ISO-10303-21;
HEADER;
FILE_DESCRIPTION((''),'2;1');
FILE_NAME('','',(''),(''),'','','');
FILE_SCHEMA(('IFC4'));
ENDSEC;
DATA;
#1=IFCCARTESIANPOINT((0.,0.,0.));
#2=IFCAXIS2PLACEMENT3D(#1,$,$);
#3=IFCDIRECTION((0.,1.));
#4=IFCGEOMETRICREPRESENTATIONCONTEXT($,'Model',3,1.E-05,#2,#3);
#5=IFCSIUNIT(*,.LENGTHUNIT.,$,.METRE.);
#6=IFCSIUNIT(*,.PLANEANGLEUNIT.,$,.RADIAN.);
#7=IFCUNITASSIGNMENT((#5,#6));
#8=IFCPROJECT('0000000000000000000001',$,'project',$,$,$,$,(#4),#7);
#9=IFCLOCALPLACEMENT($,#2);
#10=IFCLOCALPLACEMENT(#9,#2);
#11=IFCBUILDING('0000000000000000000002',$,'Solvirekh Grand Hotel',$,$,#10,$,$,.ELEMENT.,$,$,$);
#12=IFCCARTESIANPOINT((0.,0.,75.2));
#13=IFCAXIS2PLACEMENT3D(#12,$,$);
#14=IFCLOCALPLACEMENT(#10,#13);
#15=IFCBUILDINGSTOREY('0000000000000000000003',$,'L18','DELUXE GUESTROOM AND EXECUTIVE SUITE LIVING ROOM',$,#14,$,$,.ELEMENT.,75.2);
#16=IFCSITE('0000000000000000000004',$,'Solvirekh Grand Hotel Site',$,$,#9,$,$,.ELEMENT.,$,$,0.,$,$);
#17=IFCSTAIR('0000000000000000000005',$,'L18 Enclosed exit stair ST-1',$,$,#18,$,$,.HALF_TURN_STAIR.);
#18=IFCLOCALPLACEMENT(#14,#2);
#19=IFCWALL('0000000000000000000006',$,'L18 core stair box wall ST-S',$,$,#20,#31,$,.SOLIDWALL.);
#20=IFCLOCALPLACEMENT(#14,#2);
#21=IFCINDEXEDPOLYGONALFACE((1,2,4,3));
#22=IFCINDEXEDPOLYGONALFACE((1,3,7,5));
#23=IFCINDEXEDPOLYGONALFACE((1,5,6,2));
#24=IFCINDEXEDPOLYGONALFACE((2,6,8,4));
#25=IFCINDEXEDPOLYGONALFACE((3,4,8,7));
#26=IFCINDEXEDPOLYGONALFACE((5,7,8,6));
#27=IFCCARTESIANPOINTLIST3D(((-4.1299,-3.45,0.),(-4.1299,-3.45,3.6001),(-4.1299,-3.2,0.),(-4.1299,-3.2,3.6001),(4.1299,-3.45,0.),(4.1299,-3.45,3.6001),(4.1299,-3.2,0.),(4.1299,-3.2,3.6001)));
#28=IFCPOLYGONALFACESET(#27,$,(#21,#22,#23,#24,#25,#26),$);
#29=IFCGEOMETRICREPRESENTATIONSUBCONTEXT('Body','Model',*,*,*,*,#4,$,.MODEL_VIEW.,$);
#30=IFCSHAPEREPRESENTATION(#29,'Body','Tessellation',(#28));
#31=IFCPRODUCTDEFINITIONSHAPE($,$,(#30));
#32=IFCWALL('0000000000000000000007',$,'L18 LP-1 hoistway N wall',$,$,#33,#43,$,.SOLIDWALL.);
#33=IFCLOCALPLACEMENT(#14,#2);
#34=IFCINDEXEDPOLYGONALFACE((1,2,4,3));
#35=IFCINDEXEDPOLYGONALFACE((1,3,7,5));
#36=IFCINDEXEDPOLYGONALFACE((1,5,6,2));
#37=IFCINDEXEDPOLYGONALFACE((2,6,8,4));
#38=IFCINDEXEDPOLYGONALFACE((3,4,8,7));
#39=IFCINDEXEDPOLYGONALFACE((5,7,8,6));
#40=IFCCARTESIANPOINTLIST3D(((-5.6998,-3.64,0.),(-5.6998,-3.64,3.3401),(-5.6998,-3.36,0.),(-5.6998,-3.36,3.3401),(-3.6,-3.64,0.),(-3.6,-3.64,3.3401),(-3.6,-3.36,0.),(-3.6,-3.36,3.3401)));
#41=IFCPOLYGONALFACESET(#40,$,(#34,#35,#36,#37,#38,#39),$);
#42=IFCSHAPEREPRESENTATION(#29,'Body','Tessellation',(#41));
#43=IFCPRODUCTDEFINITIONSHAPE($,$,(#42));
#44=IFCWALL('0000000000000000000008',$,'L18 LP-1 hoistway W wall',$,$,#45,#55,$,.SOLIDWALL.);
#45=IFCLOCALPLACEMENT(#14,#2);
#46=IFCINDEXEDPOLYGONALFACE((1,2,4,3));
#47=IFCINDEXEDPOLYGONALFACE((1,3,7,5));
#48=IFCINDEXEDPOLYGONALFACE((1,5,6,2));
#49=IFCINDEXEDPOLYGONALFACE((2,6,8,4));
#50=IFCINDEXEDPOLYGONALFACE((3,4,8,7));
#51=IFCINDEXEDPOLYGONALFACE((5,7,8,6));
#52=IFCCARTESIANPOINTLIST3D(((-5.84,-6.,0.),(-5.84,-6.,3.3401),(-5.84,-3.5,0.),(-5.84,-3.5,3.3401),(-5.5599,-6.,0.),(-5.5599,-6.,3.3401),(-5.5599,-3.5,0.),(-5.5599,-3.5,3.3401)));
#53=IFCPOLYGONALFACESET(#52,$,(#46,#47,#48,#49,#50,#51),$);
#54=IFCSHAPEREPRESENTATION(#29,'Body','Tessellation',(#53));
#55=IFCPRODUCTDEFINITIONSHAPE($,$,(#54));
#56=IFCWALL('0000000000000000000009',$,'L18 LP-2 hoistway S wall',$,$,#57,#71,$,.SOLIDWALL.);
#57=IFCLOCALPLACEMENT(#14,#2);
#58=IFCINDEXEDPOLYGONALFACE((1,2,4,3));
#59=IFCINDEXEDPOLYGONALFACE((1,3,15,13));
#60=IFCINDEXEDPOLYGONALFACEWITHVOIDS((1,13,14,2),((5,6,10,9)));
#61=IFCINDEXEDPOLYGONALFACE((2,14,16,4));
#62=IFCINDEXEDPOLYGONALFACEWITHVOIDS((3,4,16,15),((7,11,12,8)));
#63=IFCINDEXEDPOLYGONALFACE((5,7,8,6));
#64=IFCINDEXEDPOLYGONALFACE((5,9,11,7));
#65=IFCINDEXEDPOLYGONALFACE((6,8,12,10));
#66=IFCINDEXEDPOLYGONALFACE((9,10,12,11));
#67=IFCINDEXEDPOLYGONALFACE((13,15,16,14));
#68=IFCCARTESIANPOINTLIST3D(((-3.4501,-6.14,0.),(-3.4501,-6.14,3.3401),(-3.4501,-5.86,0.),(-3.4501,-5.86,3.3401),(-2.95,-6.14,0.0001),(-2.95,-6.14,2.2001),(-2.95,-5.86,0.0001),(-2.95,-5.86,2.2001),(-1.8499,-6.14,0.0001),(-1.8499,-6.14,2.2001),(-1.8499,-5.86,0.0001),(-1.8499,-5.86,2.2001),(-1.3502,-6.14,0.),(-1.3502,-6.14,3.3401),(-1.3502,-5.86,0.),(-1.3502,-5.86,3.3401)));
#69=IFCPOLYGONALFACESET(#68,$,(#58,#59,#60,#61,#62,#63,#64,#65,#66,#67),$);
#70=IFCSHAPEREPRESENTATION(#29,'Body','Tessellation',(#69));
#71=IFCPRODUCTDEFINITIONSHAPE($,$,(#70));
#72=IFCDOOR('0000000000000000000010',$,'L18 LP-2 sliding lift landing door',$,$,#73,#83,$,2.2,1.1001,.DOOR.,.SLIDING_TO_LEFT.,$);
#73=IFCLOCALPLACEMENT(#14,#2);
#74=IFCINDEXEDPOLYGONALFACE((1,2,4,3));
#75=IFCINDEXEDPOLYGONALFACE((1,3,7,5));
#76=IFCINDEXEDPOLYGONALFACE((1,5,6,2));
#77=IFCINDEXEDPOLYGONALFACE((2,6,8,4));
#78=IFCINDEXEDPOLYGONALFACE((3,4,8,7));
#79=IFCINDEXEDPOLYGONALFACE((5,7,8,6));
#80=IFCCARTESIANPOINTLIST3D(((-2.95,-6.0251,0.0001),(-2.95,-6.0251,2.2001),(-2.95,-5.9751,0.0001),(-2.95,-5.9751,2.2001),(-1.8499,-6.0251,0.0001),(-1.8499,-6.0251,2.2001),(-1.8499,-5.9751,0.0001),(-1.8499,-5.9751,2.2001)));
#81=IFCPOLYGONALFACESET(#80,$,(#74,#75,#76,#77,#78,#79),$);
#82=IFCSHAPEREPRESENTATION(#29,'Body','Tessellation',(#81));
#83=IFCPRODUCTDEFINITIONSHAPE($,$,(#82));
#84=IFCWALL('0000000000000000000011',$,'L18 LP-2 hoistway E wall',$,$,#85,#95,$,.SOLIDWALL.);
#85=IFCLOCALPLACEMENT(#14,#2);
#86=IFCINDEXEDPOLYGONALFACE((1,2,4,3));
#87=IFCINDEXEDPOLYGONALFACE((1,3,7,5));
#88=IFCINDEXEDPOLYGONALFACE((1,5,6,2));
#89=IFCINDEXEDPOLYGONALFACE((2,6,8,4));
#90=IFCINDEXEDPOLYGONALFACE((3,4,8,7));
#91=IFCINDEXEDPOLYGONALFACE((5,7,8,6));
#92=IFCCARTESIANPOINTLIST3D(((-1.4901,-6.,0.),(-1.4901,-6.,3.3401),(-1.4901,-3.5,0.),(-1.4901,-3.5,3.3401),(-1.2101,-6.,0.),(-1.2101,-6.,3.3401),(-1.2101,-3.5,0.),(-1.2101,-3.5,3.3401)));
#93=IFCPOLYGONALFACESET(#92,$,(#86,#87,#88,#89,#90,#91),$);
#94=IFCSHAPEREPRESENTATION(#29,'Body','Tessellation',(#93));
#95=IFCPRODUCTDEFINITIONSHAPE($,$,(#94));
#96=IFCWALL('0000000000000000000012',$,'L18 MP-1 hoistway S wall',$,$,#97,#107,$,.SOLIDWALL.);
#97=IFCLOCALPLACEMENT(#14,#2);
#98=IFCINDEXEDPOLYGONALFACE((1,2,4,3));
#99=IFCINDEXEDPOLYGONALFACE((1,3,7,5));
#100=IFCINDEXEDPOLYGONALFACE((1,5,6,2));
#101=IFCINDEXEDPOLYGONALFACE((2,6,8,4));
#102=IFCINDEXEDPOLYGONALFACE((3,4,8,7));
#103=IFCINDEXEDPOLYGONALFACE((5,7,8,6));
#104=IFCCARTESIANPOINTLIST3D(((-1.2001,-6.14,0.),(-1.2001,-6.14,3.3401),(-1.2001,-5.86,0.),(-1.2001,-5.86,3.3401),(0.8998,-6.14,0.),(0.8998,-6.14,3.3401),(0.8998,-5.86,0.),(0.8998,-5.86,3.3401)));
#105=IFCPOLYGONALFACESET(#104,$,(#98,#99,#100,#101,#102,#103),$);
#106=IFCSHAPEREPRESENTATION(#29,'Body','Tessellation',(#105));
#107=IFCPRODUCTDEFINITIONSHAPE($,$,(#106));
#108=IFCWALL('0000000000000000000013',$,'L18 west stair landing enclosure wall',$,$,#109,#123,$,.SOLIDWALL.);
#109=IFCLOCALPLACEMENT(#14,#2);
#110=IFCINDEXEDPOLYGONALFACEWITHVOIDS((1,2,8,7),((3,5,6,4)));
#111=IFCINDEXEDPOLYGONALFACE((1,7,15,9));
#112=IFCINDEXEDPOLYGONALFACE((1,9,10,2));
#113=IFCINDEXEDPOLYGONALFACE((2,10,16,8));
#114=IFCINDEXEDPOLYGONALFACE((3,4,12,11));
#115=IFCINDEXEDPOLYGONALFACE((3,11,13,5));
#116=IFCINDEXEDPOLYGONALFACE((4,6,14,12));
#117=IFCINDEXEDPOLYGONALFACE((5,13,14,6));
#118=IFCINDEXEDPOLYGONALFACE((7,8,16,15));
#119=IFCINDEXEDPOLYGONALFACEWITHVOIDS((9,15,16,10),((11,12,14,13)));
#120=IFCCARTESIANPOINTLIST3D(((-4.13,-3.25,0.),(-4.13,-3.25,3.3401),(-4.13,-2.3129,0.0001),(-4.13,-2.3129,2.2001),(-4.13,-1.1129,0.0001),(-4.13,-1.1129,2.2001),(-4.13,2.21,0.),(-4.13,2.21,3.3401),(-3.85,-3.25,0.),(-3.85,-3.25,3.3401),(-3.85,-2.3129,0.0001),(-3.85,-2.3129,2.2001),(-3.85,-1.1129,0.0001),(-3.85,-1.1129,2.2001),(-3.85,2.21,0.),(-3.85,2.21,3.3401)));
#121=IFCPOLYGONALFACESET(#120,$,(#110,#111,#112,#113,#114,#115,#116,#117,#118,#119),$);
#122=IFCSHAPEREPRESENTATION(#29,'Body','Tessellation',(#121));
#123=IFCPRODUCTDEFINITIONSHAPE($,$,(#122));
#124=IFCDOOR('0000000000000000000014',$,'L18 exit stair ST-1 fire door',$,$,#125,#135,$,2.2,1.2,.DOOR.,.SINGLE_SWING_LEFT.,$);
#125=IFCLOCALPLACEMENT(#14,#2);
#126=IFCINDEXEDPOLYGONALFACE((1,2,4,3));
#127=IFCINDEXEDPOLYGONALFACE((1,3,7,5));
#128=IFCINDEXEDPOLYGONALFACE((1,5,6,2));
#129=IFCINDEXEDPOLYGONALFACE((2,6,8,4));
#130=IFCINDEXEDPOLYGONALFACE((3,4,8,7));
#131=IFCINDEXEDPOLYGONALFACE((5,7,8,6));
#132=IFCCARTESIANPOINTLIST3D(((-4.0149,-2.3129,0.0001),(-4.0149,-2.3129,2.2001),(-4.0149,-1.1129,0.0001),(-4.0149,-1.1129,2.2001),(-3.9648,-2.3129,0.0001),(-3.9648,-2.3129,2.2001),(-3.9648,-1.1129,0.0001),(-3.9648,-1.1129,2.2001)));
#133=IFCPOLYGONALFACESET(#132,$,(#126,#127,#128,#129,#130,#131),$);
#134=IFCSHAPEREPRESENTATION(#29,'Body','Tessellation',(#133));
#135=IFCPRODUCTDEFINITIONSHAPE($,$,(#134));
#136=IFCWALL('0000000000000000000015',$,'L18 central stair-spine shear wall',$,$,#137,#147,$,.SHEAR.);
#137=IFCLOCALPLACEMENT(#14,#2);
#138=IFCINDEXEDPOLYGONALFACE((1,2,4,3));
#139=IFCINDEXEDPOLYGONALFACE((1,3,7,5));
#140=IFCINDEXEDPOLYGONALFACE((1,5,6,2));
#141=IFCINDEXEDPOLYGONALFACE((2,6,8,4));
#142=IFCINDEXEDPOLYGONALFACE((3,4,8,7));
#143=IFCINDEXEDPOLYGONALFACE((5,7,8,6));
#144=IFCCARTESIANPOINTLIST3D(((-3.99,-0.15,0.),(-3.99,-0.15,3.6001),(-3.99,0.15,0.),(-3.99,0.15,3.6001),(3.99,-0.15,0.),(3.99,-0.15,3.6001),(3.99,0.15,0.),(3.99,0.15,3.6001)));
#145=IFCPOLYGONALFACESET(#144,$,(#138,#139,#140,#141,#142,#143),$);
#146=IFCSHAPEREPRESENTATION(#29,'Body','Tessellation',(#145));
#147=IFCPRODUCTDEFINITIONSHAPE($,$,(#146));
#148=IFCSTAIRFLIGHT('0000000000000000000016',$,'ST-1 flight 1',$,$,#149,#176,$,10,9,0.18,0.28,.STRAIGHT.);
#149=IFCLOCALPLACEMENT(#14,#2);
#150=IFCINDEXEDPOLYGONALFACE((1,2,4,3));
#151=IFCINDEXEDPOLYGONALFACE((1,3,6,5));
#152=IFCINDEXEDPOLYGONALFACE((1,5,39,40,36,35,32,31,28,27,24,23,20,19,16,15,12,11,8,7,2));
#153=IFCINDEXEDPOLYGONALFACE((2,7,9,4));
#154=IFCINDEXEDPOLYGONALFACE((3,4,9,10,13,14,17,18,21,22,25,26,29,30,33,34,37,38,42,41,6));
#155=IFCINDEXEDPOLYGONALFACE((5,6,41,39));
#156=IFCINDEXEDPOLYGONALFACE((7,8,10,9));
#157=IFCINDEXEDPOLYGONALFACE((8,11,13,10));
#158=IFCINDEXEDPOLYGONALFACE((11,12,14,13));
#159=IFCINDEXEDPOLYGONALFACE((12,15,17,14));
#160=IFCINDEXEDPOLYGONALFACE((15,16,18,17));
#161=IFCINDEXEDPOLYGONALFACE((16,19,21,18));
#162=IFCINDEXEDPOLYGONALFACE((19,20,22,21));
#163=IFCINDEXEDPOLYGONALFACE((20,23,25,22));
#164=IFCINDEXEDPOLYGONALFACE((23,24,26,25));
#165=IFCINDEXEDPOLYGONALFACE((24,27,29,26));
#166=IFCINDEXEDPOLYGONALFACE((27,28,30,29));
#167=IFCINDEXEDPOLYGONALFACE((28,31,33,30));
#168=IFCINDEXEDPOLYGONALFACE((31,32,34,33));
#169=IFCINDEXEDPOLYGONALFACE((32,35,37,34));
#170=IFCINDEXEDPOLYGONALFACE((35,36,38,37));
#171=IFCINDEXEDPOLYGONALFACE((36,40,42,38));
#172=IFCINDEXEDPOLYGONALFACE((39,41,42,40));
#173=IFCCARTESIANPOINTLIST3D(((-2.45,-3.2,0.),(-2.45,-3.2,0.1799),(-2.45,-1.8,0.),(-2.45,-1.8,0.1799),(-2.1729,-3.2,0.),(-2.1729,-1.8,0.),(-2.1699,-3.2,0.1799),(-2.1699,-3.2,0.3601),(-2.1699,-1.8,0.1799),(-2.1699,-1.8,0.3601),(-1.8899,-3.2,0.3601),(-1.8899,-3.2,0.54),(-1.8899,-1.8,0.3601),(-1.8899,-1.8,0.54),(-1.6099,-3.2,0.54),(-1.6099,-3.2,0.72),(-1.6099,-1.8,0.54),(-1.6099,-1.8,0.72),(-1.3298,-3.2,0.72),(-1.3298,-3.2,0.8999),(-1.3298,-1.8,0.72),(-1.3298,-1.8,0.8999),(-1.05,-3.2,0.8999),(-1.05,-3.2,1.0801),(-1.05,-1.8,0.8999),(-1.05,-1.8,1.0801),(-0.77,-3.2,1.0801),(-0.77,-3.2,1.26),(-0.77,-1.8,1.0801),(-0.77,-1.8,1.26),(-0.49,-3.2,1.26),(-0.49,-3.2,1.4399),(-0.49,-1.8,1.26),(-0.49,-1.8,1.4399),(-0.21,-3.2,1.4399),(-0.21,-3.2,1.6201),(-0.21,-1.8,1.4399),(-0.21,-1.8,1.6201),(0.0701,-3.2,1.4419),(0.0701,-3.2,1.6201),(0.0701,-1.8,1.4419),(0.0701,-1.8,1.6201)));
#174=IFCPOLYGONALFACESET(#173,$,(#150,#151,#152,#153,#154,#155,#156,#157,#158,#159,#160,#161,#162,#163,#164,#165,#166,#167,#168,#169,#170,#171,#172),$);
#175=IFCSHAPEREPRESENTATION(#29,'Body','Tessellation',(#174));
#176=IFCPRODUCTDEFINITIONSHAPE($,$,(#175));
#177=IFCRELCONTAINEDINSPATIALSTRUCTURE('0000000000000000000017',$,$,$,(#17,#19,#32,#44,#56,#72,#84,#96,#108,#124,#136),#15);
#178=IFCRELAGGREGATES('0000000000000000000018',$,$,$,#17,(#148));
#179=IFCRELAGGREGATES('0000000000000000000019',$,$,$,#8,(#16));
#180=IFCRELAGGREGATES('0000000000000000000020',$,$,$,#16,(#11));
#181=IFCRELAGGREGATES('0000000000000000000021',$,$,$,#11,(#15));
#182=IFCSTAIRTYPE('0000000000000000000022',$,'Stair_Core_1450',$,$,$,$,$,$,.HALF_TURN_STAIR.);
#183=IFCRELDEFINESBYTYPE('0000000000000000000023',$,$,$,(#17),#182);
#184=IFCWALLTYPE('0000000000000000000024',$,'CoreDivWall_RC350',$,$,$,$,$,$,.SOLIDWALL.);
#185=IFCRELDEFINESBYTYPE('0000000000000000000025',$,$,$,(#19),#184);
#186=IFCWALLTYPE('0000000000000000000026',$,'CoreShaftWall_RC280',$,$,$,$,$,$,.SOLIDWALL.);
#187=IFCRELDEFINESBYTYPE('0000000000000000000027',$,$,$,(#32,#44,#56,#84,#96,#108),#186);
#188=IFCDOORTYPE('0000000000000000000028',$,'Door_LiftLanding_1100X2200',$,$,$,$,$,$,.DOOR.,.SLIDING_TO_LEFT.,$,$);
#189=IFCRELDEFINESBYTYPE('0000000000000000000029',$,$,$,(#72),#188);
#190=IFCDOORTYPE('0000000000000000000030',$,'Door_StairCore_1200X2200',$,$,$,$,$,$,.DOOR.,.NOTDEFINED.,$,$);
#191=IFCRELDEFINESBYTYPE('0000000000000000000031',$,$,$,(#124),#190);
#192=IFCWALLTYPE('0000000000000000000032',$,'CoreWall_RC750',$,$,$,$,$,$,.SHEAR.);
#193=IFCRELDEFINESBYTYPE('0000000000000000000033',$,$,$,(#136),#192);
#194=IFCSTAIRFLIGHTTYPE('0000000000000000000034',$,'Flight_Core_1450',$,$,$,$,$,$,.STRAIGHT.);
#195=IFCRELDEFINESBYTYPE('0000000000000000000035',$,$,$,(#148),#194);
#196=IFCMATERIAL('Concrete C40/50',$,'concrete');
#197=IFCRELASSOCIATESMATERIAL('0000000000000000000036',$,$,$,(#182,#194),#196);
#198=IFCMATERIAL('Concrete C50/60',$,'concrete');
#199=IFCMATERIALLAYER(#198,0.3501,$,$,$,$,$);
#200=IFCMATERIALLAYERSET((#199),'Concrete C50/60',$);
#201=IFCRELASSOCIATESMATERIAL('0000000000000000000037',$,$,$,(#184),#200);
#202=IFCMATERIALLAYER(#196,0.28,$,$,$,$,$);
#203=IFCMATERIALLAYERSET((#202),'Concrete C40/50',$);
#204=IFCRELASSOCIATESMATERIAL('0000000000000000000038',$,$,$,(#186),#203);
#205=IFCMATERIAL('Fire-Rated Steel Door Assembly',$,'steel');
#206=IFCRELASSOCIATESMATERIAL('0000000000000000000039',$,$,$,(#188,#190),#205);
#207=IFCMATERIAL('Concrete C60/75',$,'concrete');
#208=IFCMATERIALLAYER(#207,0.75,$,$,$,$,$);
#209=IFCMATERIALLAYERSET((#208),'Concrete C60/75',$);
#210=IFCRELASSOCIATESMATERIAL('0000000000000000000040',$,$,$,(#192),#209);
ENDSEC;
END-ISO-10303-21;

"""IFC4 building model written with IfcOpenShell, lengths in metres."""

from ifc_helpers import new_model, si_unit, direction, frame, frame_2d, origin, place, context, subcontext, project, spatial, polyline, rectangle, outline, extrude, material, layer, layer_set, type_object, element, fill, aggregate, save


model = new_model("IFC4")

# Units and contexts
model_context = context("Model", 3, precision=1e-05, world=origin(), true_north=direction((0.0, 1.0)))
body_context = subcontext(model_context, "Body", "Model", "MODEL_VIEW")
ifc_project = project(units=[si_unit("LENGTHUNIT", "METRE"), si_unit("PLANEANGLEUNIT", "RADIAN")], contexts=[model_context])

# Site, building, storey
site_placement = place(None, origin())
site = spatial("IfcSite", under=ifc_project, at=site_placement, Name="Solvirekh Grand Hotel Site", CompositionType="ELEMENT", RefElevation=0.0)
building_placement = place(site_placement, origin())
building = spatial("IfcBuilding", under=site, at=building_placement, Name="Solvirekh Grand Hotel", CompositionType="ELEMENT")
storey_placement = place(building_placement, frame((0.0, 0.0, 75.2)))
storey = spatial("IfcBuildingStorey", under=building, at=storey_placement, Name="L18", Description="DELUXE GUESTROOM AND EXECUTIVE SUITE LIVING ROOM", CompositionType="ELEMENT", Elevation=75.2)

# Shared definitions
ifc_material_1 = material(Name="Concrete C50/60", Category="concrete")

# Stair
ifc_material_2 = material(Name="Concrete C40/50", Category="concrete")
stair_type = type_object("IfcStairType", Name="Stair_Core_1450", PredefinedType="HALF_TURN_STAIR", material=ifc_material_2)
stair_1_placement = place(storey_placement, origin())
stair_1 = element("IfcStair", 1, at=stair_1_placement, inside=storey, type_object=stair_type, Name="L18 Enclosed exit stair ST-1", PredefinedType="HALF_TURN_STAIR")

# Walls
ifc_layer_1 = layer(ifc_material_1, 0.3501)
ifc_layer_set_1 = layer_set([ifc_layer_1], Name="Concrete C50/60")
wall_type_1 = type_object("IfcWallType", Name="CoreDivWall_RC350", PredefinedType="SOLIDWALL", material=ifc_layer_set_1)
wall_1_placement = place(storey_placement, frame((-4.1299, -3.325, 0.0), z_axis=(0.0, 0.0, 1.0), x_axis=(1.0, 0.0, 0.0)))
element("IfcWall", 2, at=wall_1_placement, inside=storey, type_object=wall_type_1, Name="L18 core stair box wall ST-S", PredefinedType="SOLIDWALL", context=body_context, shape_type="SweptSolid", body=[
    extrude(rectangle(XDim=8.2598, YDim=0.25, at=frame_2d((4.1299, 0.0))), origin(), (0.0, 0.0, 1.0), 3.6001),
])
ifc_layer_2 = layer(ifc_material_2, 0.28)
ifc_layer_set_2 = layer_set([ifc_layer_2], Name="Concrete C40/50")
wall_type_2 = type_object("IfcWallType", Name="CoreShaftWall_RC280", PredefinedType="SOLIDWALL", material=ifc_layer_set_2)
wall_2_placement = place(storey_placement, frame((-3.6001, -3.5, 0.0), z_axis=(0.0, 0.0, 1.0), x_axis=(-1.0, 0.0, 0.0)))
element("IfcWall", 3, at=wall_2_placement, inside=storey, type_object=wall_type_2, Name="L18 LP-1 hoistway N wall", PredefinedType="SOLIDWALL", context=body_context, shape_type="SweptSolid", body=[
    extrude(rectangle(XDim=2.0999, YDim=0.28, at=frame_2d((1.0498, 0.0))), origin(), (0.0, 0.0, 1.0), 3.3401),
])
wall_3_placement = place(storey_placement, frame((-5.7, -3.5, 0.0), z_axis=(0.0, 0.0, 1.0), x_axis=(0.0, -1.0, 0.0)))
element("IfcWall", 4, at=wall_3_placement, inside=storey, type_object=wall_type_2, Name="L18 LP-1 hoistway W wall", PredefinedType="SOLIDWALL", context=body_context, shape_type="SweptSolid", body=[
    extrude(rectangle(XDim=2.5, YDim=0.28, at=frame_2d((1.25, 0.0))), origin(), (0.0, 0.0, 1.0), 3.3401),
])

# Wall, opening, door
wall_4_placement = place(storey_placement, frame((-3.45, -6.0, 0.0), z_axis=(0.0, 0.0, 1.0), x_axis=(1.0, 0.0, 0.0)))
wall_4 = element("IfcWall", 5, at=wall_4_placement, inside=storey, type_object=wall_type_2, Name="L18 LP-2 hoistway S wall", PredefinedType="SOLIDWALL", context=body_context, shape_type="SweptSolid", body=[
    extrude(rectangle(XDim=2.0999, YDim=0.28, at=frame_2d((1.0498, 0.0))), origin(), (0.0, 0.0, 1.0), 3.3401),
])
opening_1_placement = place(wall_4_placement, frame((0.5, 0.0, 0.0)))
opening_1 = element("IfcOpeningElement", 6, at=opening_1_placement, cuts=wall_4, PredefinedType="OPENING", context=body_context, shape_type="SweptSolid", body=[
    extrude(rectangle(XDim=1.1001, YDim=2.2, at=frame_2d((0.55, 1.1001))), frame((0.0, 0.1499, 0.0), z_axis=(0.0, -1.0, 0.0), x_axis=(1.0, 0.0, 0.0)), (0.0, 0.0, 1.0), 0.3),
])
ifc_material_3 = material(Name="Fire-Rated Steel Door Assembly", Category="steel")
door_type_1 = type_object("IfcDoorType", Name="Door_LiftLanding_1100X2200", OperationType="SLIDING_TO_LEFT", PredefinedType="DOOR", material=ifc_material_3)
door_1_placement = place(opening_1_placement, origin())
door_1 = element("IfcDoor", 7, at=door_1_placement, inside=storey, type_object=door_type_1, Name="L18 LP-2 sliding lift landing door", OperationType="SLIDING_TO_LEFT", OverallHeight=2.2, OverallWidth=1.1001, PredefinedType="DOOR", context=body_context, shape_type="SweptSolid", body=[
    extrude(rectangle(XDim=1.1001, YDim=2.2, at=frame_2d((0.55, 1.1001))), frame((0.0, 0.0249, 0.0), z_axis=(0.0, -1.0, 0.0), x_axis=(1.0, 0.0, 0.0)), (0.0, 0.0, 1.0), 0.05),
])
fill(opening_1, door_1)

# Walls
wall_5_placement = place(storey_placement, frame((-1.3501, -6.0, 0.0), z_axis=(0.0, 0.0, 1.0), x_axis=(0.0, 1.0, 0.0)))
element("IfcWall", 8, at=wall_5_placement, inside=storey, type_object=wall_type_2, Name="L18 LP-2 hoistway E wall", PredefinedType="SOLIDWALL", context=body_context, shape_type="SweptSolid", body=[
    extrude(rectangle(XDim=2.5, YDim=0.28, at=frame_2d((1.25, 0.0))), origin(), (0.0, 0.0, 1.0), 3.3401),
])
wall_6_placement = place(storey_placement, frame((-1.2, -6.0, 0.0), z_axis=(0.0, 0.0, 1.0), x_axis=(1.0, 0.0, 0.0)))
element("IfcWall", 9, at=wall_6_placement, inside=storey, type_object=wall_type_2, Name="L18 MP-1 hoistway S wall", PredefinedType="SOLIDWALL", context=body_context, shape_type="SweptSolid", body=[
    extrude(rectangle(XDim=2.0999, YDim=0.28, at=frame_2d((1.0498, 0.0))), origin(), (0.0, 0.0, 1.0), 3.3401),
])

# Wall, opening, door
wall_7_placement = place(storey_placement, frame((-3.99, -3.25, 0.0), z_axis=(0.0, 0.0, 1.0), x_axis=(0.0, 1.0, 0.0)))
wall_7 = element("IfcWall", 10, at=wall_7_placement, inside=storey, type_object=wall_type_2, Name="L18 west stair landing enclosure wall", PredefinedType="SOLIDWALL", context=body_context, shape_type="SweptSolid", body=[
    extrude(rectangle(XDim=5.46, YDim=0.28, at=frame_2d((2.73, 0.0))), origin(), (0.0, 0.0, 1.0), 3.3401),
])
opening_2_placement = place(wall_7_placement, frame((0.937, 0.0, 0.0)))
opening_2 = element("IfcOpeningElement", 11, at=opening_2_placement, cuts=wall_7, PredefinedType="OPENING", context=body_context, shape_type="SweptSolid", body=[
    extrude(rectangle(XDim=1.2, YDim=2.2, at=frame_2d((0.6001, 1.1001))), frame((0.0, 0.1499, 0.0), z_axis=(0.0, -1.0, 0.0), x_axis=(1.0, 0.0, 0.0)), (0.0, 0.0, 1.0), 0.3),
])
door_type_2 = type_object("IfcDoorType", Name="Door_StairCore_1200X2200", OperationType="NOTDEFINED", PredefinedType="DOOR", material=ifc_material_3)
door_2_placement = place(opening_2_placement, origin())
door_2 = element("IfcDoor", 12, at=door_2_placement, inside=storey, type_object=door_type_2, Name="L18 exit stair ST-1 fire door", OperationType="SINGLE_SWING_LEFT", OverallHeight=2.2, OverallWidth=1.2, PredefinedType="DOOR", context=body_context, shape_type="SweptSolid", body=[
    extrude(rectangle(XDim=1.2, YDim=2.2, at=frame_2d((0.6001, 1.1001))), frame((0.0, 0.0249, 0.0), z_axis=(0.0, -1.0, 0.0), x_axis=(1.0, 0.0, 0.0)), (0.0, 0.0, 1.0), 0.05),
])
fill(opening_2, door_2)

# Wall
ifc_material_4 = material(Name="Concrete C60/75", Category="concrete")
ifc_layer_3 = layer(ifc_material_4, 0.75)
ifc_layer_set_3 = layer_set([ifc_layer_3], Name="Concrete C60/75")
wall_type_3 = type_object("IfcWallType", Name="CoreWall_RC750", PredefinedType="SHEAR", material=ifc_layer_set_3)
wall_8_placement = place(storey_placement, frame((-3.99, 0.0, 0.0), z_axis=(0.0, 0.0, 1.0), x_axis=(1.0, 0.0, 0.0)))
element("IfcWall", 13, at=wall_8_placement, inside=storey, type_object=wall_type_3, Name="L18 central stair-spine shear wall", PredefinedType="SHEAR", context=body_context, shape_type="SweptSolid", body=[
    extrude(rectangle(XDim=7.98, YDim=0.3, at=frame_2d((3.99, 0.0))), origin(), (0.0, 0.0, 1.0), 3.6001),
])

# Stair flight
stair_flight_type = type_object("IfcStairFlightType", Name="Flight_Core_1450", PredefinedType="STRAIGHT", material=ifc_material_2)
stair_flight_placement = place(storey_placement, frame((-2.45, -2.5, 0.0), z_axis=(0.0, 0.0, 1.0), x_axis=(1.0, 0.0, 0.0)))
stair_flight = element("IfcStairFlight", 14, at=stair_flight_placement, type_object=stair_flight_type, Name="ST-1 flight 1", NumberOfRisers=10, NumberOfTreads=9, PredefinedType="STRAIGHT", RiserHeight=0.18, TreadLength=0.28, context=body_context, shape_type="SweptSolid", body=[
    extrude(outline(polyline([(0.0, 0.0), (0.0, 0.1799), (0.28, 0.1799), (0.28, 0.3601), (0.5601, 0.3601), (0.5601, 0.54), (0.8401, 0.54), (0.8401, 0.72), (1.1201, 0.72), (1.1201, 0.8999), (1.3999, 0.8999), (1.3999, 1.0801), (1.6799, 1.0801), (1.6799, 1.26), (1.96, 1.26), (1.96, 1.4399), (2.24, 1.4399), (2.24, 1.6201), (2.52, 1.6201), (2.52, 1.8), (2.52, 1.4419), (0.2771, 0.0), (0.0, 0.0)])), frame((0.0, 0.7, 0.0), z_axis=(0.0, -1.0, 0.0), x_axis=(1.0, 0.0, 0.0)), (0.0, 0.0, 1.0), 1.3999),
])
aggregate(stair_1, [stair_flight])

save(model, "model.ifc")
